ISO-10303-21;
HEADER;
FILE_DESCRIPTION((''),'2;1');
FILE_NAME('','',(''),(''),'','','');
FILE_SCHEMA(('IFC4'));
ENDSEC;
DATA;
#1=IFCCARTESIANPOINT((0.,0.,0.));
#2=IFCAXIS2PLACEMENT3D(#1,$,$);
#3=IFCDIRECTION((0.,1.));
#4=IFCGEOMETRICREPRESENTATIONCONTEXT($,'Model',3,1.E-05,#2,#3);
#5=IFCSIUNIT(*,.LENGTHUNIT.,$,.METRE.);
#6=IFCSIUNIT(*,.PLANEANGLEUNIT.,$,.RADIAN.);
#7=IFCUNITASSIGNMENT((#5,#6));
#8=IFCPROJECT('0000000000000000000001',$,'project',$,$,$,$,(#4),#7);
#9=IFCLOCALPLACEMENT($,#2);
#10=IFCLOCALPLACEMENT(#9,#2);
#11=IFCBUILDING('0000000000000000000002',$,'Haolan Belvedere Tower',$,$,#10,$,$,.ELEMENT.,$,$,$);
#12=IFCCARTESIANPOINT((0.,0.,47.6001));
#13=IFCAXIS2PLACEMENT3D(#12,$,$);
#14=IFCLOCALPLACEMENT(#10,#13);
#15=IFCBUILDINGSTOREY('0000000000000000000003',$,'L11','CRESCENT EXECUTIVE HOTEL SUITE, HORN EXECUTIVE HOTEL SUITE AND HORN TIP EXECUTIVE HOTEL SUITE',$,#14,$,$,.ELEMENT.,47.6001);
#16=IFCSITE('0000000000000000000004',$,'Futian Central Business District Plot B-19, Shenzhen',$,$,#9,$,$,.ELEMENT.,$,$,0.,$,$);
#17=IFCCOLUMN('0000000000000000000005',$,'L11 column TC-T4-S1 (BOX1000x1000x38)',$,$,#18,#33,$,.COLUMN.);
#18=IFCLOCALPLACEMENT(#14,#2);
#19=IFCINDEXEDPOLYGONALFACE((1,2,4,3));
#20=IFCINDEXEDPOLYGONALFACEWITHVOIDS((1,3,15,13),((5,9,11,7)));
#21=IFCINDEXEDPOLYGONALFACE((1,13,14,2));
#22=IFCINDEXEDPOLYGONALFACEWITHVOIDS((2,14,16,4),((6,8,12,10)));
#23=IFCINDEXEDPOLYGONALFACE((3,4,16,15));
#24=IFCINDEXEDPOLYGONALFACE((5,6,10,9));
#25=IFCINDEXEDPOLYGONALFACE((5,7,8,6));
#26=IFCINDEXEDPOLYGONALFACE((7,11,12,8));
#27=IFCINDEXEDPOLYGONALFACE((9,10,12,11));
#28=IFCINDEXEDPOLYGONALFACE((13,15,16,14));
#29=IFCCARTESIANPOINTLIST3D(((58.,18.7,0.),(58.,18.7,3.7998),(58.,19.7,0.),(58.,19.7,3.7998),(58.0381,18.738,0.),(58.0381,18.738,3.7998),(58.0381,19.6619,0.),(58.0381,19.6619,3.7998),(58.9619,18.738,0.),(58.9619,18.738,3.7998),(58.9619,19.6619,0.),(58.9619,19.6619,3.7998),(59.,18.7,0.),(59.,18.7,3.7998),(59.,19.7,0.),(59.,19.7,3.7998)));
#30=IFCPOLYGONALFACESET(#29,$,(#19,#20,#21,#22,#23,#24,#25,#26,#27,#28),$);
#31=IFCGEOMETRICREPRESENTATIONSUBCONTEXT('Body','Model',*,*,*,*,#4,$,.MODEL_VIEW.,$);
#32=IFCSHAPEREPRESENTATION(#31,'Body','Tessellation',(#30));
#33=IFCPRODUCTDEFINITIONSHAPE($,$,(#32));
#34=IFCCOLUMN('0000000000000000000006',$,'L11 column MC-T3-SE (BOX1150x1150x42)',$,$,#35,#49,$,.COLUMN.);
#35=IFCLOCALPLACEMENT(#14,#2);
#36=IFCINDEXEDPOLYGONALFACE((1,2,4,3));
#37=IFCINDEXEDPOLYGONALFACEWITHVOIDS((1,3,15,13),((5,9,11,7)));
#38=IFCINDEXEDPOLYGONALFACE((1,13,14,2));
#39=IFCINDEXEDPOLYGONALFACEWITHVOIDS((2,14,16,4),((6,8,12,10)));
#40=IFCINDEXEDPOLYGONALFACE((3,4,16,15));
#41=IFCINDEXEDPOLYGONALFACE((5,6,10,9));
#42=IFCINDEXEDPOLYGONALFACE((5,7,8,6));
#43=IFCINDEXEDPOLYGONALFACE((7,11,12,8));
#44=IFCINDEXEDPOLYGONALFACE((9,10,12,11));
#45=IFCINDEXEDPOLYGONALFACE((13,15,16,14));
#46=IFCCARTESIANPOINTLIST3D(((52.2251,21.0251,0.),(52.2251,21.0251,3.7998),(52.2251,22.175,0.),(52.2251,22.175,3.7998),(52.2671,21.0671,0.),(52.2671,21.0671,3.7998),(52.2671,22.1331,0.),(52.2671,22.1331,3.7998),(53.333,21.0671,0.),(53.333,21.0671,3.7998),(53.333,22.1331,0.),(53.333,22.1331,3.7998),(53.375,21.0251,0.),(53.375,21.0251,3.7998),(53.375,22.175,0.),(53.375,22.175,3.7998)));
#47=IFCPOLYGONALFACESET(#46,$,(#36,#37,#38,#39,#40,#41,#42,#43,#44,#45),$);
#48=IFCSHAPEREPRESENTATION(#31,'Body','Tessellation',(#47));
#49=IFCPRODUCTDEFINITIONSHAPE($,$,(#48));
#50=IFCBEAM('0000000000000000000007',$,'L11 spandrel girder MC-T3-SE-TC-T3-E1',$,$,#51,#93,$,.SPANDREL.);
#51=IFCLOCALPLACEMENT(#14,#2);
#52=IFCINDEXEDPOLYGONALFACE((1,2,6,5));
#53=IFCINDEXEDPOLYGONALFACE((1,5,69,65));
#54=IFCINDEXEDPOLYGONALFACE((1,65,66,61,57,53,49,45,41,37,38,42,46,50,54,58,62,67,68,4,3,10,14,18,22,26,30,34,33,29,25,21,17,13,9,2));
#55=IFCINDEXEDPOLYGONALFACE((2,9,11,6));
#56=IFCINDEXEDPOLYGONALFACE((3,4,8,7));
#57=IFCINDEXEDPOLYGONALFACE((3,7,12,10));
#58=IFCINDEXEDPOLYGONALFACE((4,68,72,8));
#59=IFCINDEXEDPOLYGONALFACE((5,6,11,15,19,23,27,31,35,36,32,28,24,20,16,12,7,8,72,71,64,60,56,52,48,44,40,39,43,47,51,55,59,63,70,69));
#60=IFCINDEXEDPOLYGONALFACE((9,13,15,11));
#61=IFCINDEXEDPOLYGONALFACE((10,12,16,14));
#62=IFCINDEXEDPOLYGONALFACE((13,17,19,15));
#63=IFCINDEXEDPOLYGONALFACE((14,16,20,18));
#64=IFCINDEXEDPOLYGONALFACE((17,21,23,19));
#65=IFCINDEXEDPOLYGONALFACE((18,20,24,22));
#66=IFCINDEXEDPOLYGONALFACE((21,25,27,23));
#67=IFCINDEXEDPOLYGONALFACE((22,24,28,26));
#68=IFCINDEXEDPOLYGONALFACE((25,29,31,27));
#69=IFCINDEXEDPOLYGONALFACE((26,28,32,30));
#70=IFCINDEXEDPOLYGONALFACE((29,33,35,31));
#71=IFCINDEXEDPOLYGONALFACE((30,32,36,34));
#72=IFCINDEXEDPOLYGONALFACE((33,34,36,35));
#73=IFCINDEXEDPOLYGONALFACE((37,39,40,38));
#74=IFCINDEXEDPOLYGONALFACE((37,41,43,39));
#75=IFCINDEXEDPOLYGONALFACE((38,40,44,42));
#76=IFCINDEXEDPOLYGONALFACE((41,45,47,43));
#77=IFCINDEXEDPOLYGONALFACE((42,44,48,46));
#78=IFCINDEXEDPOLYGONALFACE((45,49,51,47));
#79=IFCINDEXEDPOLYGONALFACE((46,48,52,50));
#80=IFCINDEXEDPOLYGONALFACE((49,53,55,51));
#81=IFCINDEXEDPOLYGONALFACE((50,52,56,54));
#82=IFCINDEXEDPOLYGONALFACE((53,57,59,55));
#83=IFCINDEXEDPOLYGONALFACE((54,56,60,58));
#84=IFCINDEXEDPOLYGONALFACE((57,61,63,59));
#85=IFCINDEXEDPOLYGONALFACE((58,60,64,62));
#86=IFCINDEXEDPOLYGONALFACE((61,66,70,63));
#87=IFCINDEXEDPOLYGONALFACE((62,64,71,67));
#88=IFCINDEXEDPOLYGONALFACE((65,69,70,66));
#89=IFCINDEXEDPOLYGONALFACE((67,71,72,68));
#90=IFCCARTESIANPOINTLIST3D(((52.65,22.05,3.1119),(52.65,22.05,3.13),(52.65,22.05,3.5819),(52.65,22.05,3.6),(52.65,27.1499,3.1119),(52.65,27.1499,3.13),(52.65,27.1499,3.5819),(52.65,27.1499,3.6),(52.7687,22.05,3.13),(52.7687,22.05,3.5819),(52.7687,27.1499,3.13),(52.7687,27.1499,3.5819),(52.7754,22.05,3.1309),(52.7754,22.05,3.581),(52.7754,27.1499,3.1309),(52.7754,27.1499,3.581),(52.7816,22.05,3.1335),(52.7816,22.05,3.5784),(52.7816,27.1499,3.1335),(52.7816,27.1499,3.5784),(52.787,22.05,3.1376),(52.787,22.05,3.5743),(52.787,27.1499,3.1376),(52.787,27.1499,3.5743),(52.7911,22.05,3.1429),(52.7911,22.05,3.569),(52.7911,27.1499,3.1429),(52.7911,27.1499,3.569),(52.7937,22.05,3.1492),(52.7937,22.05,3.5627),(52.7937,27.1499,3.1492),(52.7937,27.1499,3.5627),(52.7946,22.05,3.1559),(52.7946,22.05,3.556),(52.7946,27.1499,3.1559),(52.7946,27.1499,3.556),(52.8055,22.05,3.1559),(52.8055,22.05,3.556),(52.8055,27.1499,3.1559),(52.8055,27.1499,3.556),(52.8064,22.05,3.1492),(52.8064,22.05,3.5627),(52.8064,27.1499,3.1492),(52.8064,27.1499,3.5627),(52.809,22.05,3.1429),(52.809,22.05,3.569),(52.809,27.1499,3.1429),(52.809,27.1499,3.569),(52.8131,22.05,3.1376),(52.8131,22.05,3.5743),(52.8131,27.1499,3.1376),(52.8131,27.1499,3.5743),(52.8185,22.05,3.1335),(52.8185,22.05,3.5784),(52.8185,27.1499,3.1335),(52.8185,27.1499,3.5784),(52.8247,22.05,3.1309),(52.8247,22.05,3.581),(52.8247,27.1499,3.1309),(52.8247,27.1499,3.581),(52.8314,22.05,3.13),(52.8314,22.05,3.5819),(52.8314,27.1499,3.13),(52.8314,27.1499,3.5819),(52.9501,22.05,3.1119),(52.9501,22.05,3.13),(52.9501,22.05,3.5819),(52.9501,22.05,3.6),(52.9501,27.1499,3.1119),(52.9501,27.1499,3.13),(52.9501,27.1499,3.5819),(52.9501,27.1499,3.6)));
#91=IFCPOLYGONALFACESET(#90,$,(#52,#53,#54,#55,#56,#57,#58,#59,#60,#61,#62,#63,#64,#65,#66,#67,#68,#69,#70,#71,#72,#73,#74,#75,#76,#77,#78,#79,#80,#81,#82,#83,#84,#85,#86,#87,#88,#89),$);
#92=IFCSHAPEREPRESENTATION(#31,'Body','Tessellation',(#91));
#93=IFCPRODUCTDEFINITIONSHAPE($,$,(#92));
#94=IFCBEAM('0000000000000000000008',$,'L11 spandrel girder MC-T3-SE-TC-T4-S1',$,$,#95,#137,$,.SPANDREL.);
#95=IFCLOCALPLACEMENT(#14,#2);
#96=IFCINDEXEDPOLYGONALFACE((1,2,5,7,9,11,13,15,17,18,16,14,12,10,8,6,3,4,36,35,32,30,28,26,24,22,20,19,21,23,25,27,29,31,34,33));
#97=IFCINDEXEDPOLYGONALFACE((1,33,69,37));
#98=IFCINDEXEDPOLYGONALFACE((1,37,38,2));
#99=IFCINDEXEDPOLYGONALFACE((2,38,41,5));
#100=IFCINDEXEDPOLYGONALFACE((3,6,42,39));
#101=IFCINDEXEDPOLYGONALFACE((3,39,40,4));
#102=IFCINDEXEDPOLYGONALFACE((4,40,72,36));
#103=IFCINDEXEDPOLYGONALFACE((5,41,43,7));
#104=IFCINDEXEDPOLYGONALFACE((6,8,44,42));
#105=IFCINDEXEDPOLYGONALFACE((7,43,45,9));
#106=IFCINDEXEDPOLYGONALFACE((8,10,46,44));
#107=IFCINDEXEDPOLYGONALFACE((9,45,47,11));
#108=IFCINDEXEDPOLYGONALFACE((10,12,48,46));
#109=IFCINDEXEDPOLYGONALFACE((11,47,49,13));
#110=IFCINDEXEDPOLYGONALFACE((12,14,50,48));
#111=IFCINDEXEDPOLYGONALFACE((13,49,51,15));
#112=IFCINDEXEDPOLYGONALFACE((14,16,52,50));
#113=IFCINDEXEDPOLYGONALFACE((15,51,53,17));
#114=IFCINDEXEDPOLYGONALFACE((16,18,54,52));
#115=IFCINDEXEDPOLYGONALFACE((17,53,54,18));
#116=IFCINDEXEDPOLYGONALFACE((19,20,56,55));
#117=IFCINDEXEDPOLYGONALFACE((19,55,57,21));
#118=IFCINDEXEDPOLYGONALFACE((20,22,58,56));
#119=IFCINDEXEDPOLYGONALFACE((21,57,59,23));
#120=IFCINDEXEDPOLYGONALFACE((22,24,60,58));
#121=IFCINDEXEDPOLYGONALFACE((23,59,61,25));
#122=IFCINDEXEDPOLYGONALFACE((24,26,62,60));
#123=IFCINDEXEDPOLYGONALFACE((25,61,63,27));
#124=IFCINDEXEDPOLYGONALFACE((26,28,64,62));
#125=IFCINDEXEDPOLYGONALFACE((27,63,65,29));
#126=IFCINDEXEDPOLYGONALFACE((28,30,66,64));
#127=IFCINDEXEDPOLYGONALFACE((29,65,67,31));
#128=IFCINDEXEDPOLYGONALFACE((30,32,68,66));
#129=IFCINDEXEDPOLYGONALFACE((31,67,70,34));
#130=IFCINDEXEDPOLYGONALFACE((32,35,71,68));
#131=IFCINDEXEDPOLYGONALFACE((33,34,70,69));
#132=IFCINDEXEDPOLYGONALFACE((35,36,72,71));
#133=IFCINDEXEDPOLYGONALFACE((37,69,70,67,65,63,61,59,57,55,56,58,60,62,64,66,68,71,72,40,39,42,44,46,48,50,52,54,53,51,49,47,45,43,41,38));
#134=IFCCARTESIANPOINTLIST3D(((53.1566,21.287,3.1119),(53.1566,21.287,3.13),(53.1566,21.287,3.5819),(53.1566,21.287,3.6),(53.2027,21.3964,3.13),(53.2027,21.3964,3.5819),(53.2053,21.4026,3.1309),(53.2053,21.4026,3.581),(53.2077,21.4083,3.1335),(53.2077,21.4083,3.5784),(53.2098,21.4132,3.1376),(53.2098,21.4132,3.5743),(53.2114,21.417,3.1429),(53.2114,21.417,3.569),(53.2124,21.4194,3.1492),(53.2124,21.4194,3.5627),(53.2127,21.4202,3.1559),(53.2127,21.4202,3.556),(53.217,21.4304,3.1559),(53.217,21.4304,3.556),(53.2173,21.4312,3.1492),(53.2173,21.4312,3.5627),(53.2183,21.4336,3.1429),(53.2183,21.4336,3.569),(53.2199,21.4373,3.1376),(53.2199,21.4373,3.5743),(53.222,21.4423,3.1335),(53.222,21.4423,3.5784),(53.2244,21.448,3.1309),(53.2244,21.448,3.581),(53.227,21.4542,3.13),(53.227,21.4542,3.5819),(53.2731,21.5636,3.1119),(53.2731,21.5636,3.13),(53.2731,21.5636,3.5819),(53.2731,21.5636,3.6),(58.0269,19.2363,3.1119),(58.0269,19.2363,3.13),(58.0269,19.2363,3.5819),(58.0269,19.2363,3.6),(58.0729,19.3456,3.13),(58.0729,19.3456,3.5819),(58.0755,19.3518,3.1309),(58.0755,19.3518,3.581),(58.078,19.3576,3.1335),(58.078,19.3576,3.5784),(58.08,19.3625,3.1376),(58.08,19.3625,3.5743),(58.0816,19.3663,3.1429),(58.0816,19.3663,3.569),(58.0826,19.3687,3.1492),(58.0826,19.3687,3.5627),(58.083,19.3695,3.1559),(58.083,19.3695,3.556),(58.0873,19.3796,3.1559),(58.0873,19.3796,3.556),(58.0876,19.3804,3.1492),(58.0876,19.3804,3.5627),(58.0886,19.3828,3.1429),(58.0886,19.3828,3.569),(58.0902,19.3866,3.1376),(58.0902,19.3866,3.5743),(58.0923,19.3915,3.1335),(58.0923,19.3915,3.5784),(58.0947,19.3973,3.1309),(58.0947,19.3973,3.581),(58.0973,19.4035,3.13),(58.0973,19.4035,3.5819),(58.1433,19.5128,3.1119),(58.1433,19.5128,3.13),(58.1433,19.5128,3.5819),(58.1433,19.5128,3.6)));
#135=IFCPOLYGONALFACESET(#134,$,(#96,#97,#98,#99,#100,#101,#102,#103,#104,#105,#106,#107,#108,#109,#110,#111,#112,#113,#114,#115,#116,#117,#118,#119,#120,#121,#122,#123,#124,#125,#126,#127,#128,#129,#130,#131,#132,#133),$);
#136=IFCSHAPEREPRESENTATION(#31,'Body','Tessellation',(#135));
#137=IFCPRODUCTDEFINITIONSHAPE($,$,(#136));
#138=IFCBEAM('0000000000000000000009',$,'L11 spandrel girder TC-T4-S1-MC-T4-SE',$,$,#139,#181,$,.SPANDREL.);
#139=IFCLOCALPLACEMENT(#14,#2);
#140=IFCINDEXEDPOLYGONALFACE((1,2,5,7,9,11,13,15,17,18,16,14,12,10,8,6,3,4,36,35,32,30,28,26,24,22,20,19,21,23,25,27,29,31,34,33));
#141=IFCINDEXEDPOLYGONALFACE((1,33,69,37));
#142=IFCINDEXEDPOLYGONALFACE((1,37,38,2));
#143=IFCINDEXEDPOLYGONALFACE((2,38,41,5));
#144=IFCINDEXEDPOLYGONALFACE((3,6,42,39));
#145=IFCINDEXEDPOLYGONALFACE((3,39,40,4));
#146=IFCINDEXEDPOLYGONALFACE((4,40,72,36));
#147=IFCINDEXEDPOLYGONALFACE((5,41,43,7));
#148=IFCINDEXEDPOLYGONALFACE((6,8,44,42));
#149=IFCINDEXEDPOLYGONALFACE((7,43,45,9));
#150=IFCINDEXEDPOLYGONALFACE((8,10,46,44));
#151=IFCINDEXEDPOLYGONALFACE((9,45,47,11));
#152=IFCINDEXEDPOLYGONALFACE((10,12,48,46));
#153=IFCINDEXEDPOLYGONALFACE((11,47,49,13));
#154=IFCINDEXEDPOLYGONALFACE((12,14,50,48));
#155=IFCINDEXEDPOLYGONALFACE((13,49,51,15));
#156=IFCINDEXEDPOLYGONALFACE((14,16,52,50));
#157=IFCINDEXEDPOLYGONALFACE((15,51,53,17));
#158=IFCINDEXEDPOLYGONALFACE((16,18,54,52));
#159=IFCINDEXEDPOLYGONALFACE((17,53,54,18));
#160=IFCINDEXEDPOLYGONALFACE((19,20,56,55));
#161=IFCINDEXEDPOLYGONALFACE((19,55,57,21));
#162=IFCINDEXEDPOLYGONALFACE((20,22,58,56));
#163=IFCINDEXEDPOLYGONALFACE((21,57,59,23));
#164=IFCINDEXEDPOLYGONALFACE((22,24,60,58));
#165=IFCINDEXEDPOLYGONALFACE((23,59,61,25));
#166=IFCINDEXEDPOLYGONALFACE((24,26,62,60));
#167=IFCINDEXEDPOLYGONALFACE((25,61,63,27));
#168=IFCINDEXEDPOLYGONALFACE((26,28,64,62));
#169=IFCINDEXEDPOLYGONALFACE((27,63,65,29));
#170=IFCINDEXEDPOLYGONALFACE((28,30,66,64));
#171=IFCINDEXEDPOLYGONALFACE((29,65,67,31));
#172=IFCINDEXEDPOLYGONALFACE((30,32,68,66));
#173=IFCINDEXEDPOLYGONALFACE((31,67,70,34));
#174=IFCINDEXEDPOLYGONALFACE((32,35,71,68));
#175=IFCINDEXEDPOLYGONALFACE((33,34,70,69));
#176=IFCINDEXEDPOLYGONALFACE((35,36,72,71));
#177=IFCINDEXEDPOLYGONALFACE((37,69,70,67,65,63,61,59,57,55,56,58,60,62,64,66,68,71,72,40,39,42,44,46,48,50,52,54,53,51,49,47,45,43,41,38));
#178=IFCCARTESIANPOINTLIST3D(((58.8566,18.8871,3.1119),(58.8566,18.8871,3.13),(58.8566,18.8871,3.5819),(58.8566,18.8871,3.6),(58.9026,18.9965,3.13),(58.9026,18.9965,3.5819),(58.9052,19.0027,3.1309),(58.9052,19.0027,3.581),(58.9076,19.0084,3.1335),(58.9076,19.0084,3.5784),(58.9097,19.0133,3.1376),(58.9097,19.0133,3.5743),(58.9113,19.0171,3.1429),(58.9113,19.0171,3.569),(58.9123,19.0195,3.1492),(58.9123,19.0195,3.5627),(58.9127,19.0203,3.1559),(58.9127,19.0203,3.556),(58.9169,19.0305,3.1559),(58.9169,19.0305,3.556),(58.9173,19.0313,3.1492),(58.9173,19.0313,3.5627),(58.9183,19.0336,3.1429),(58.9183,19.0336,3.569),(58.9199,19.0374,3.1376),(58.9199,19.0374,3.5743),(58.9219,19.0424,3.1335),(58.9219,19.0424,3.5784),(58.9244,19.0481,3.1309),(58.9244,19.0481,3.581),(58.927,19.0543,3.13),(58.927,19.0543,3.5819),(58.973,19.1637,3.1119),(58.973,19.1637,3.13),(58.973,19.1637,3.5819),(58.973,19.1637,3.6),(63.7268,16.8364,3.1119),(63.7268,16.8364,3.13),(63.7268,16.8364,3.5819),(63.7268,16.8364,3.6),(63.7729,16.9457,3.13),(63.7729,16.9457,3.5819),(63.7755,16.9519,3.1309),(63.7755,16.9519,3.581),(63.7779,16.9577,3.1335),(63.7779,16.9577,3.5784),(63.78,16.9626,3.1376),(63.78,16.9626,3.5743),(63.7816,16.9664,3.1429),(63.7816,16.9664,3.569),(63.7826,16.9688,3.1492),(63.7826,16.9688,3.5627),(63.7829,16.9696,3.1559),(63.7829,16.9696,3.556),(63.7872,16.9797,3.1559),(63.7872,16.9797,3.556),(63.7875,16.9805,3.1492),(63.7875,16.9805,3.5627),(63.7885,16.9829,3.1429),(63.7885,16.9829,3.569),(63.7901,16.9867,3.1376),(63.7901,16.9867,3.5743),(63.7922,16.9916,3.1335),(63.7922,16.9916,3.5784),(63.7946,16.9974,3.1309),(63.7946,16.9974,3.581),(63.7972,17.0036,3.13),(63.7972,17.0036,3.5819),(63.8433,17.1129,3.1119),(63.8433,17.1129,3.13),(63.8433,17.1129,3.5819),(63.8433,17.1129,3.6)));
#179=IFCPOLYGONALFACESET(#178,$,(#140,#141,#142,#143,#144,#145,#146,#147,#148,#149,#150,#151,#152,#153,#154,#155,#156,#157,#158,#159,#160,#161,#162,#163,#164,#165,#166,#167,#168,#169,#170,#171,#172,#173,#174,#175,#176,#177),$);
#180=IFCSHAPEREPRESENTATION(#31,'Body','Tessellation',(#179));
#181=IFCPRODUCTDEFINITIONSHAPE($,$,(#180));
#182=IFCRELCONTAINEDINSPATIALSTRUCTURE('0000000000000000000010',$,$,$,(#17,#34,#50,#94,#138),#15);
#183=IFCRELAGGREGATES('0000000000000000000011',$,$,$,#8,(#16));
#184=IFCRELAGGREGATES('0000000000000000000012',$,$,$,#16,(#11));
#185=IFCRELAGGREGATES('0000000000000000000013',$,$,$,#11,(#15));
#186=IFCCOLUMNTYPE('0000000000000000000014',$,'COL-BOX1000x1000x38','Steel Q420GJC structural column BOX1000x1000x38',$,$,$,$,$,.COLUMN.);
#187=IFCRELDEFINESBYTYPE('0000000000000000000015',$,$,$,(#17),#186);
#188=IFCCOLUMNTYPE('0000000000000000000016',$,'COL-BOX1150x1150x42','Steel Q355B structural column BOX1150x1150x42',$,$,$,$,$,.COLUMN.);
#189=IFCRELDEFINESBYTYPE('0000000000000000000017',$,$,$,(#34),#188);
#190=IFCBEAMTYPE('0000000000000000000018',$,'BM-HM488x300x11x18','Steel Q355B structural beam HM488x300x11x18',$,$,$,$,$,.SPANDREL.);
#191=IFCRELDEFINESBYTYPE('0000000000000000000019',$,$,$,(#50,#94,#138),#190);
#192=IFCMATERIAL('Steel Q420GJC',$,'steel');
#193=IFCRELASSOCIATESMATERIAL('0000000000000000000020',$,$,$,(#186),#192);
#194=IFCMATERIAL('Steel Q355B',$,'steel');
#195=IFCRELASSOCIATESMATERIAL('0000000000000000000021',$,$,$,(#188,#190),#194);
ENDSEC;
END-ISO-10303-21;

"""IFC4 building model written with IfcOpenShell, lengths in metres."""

from ifc_helpers import new_model, si_unit, direction, frame, origin, origin_2d, place, context, subcontext, project, spatial, hollow_rectangle, i_section, extrude, material, material_profile, profile_set, type_object, element, save


model = new_model("IFC4")

# Units and contexts
model_context = context("Model", 3, precision=1e-05, world=origin(), true_north=direction((0.0, 1.0)))
body_context = subcontext(model_context, "Body", "Model", "MODEL_VIEW")
ifc_project = project(units=[si_unit("LENGTHUNIT", "METRE"), si_unit("PLANEANGLEUNIT", "RADIAN")], contexts=[model_context])

# Site, building, storey
site_placement = place(None, origin())
site = spatial("IfcSite", under=ifc_project, at=site_placement, Name="Futian Central Business District Plot B-19, Shenzhen", CompositionType="ELEMENT", RefElevation=0.0)
building_placement = place(site_placement, origin())
building = spatial("IfcBuilding", under=site, at=building_placement, Name="Haolan Belvedere Tower", CompositionType="ELEMENT")
storey_placement = place(building_placement, frame((0.0, 0.0, 47.6001)))
storey = spatial("IfcBuildingStorey", under=building, at=storey_placement, Name="L11", Description="CRESCENT EXECUTIVE HOTEL SUITE, HORN EXECUTIVE HOTEL SUITE AND HORN TIP EXECUTIVE HOTEL SUITE", CompositionType="ELEMENT", Elevation=47.6001)

# Columns
ifc_material_1 = material(Name="Steel Q420GJC", Category="steel")
ifc_material_profile_1 = material_profile(ifc_material_1, hollow_rectangle(XDim=1.0, YDim=1.0, WallThickness=0.0381, at=origin_2d()), Name="Steel Q420GJC")
ifc_profile_set_1 = profile_set([ifc_material_profile_1], Name="Steel Q420GJC")
column_type_1 = type_object("IfcColumnType", Name="COL-BOX1000x1000x38", Description="Steel Q420GJC structural column BOX1000x1000x38", PredefinedType="COLUMN", material=ifc_profile_set_1)
column_1_placement = place(storey_placement, frame((58.5, 19.2, 0.0), z_axis=(0.0, 0.0, 1.0), x_axis=(1.0, 0.0, 0.0)))
element("IfcColumn", 1, at=column_1_placement, inside=storey, type_object=column_type_1, Name="L11 column TC-T4-S1 (BOX1000x1000x38)", PredefinedType="COLUMN", context=body_context, shape_type="SweptSolid", body=[
    extrude(hollow_rectangle(XDim=1.0, YDim=1.0, WallThickness=0.0381, at=origin_2d()), origin(), (0.0, 0.0, 1.0), 3.7998),
])
ifc_material_2 = material(Name="Steel Q355B", Category="steel")
ifc_material_profile_2 = material_profile(ifc_material_2, hollow_rectangle(XDim=1.1499, YDim=1.1499, WallThickness=0.042, at=origin_2d()), Name="Steel Q355B")
ifc_profile_set_2 = profile_set([ifc_material_profile_2], Name="Steel Q355B")
column_type_2 = type_object("IfcColumnType", Name="COL-BOX1150x1150x42", Description="Steel Q355B structural column BOX1150x1150x42", PredefinedType="COLUMN", material=ifc_profile_set_2)
column_2_placement = place(storey_placement, frame((52.8, 21.6001, 0.0), z_axis=(0.0, 0.0, 1.0), x_axis=(1.0, 0.0, 0.0)))
element("IfcColumn", 2, at=column_2_placement, inside=storey, type_object=column_type_2, Name="L11 column MC-T3-SE (BOX1150x1150x42)", PredefinedType="COLUMN", context=body_context, shape_type="SweptSolid", body=[
    extrude(hollow_rectangle(XDim=1.1499, YDim=1.1499, WallThickness=0.042, at=origin_2d()), origin(), (0.0, 0.0, 1.0), 3.7998),
])

# Beams
ifc_material_profile_3 = material_profile(ifc_material_2, i_section(OverallWidth=0.3, OverallDepth=0.488, WebThickness=0.011, FlangeThickness=0.0181, FilletRadius=0.0259, at=origin_2d()), Name="Steel Q355B")
ifc_profile_set_3 = profile_set([ifc_material_profile_3], Name="Steel Q355B")
beam_type = type_object("IfcBeamType", Name="BM-HM488x300x11x18", Description="Steel Q355B structural beam HM488x300x11x18", PredefinedType="SPANDREL", material=ifc_profile_set_3)
beam_placement = place(storey_placement, frame((52.8, 22.05, 3.356), z_axis=(0.0, 1.0, 0.0), x_axis=(-1.0, 0.0, 0.0)))
element("IfcBeam", 3, at=beam_placement, inside=storey, type_object=beam_type, Name="L11 spandrel girder MC-T3-SE-TC-T3-E1", PredefinedType="SPANDREL", context=body_context, shape_type="SweptSolid", body=[
    extrude(i_section(OverallWidth=0.3, OverallDepth=0.488, WebThickness=0.011, FlangeThickness=0.0181, FilletRadius=0.0259, at=origin_2d()), origin(), (0.0, 0.0, 1.0), 5.0999),
])
for number, where, z_axis, x_axis, name in (
    (4, (53.2148, 21.4253, 3.356), (0.921628, -0.388074, 0.0), (0.388074, 0.921628, 0.0), "L11 spandrel girder MC-T3-SE-TC-T4-S1"),
    (5, (58.9148, 19.0254, 3.356), (0.921628, -0.388074, 0.0), (0.388074, 0.921628, 0.0), "L11 spandrel girder TC-T4-S1-MC-T4-SE"),
):
    element("IfcBeam", number, at=place(storey_placement, frame(where, z_axis=z_axis, x_axis=x_axis)), inside=storey, type_object=beam_type, Name=name, PredefinedType="SPANDREL", context=body_context, shape_type="SweptSolid", body=[
        extrude(i_section(OverallWidth=0.3, OverallDepth=0.488, WebThickness=0.011, FlangeThickness=0.0181, FilletRadius=0.0259, at=origin_2d()), origin(), (0.0, 0.0, 1.0), 5.2844),
    ])

save(model, "model.ifc")
